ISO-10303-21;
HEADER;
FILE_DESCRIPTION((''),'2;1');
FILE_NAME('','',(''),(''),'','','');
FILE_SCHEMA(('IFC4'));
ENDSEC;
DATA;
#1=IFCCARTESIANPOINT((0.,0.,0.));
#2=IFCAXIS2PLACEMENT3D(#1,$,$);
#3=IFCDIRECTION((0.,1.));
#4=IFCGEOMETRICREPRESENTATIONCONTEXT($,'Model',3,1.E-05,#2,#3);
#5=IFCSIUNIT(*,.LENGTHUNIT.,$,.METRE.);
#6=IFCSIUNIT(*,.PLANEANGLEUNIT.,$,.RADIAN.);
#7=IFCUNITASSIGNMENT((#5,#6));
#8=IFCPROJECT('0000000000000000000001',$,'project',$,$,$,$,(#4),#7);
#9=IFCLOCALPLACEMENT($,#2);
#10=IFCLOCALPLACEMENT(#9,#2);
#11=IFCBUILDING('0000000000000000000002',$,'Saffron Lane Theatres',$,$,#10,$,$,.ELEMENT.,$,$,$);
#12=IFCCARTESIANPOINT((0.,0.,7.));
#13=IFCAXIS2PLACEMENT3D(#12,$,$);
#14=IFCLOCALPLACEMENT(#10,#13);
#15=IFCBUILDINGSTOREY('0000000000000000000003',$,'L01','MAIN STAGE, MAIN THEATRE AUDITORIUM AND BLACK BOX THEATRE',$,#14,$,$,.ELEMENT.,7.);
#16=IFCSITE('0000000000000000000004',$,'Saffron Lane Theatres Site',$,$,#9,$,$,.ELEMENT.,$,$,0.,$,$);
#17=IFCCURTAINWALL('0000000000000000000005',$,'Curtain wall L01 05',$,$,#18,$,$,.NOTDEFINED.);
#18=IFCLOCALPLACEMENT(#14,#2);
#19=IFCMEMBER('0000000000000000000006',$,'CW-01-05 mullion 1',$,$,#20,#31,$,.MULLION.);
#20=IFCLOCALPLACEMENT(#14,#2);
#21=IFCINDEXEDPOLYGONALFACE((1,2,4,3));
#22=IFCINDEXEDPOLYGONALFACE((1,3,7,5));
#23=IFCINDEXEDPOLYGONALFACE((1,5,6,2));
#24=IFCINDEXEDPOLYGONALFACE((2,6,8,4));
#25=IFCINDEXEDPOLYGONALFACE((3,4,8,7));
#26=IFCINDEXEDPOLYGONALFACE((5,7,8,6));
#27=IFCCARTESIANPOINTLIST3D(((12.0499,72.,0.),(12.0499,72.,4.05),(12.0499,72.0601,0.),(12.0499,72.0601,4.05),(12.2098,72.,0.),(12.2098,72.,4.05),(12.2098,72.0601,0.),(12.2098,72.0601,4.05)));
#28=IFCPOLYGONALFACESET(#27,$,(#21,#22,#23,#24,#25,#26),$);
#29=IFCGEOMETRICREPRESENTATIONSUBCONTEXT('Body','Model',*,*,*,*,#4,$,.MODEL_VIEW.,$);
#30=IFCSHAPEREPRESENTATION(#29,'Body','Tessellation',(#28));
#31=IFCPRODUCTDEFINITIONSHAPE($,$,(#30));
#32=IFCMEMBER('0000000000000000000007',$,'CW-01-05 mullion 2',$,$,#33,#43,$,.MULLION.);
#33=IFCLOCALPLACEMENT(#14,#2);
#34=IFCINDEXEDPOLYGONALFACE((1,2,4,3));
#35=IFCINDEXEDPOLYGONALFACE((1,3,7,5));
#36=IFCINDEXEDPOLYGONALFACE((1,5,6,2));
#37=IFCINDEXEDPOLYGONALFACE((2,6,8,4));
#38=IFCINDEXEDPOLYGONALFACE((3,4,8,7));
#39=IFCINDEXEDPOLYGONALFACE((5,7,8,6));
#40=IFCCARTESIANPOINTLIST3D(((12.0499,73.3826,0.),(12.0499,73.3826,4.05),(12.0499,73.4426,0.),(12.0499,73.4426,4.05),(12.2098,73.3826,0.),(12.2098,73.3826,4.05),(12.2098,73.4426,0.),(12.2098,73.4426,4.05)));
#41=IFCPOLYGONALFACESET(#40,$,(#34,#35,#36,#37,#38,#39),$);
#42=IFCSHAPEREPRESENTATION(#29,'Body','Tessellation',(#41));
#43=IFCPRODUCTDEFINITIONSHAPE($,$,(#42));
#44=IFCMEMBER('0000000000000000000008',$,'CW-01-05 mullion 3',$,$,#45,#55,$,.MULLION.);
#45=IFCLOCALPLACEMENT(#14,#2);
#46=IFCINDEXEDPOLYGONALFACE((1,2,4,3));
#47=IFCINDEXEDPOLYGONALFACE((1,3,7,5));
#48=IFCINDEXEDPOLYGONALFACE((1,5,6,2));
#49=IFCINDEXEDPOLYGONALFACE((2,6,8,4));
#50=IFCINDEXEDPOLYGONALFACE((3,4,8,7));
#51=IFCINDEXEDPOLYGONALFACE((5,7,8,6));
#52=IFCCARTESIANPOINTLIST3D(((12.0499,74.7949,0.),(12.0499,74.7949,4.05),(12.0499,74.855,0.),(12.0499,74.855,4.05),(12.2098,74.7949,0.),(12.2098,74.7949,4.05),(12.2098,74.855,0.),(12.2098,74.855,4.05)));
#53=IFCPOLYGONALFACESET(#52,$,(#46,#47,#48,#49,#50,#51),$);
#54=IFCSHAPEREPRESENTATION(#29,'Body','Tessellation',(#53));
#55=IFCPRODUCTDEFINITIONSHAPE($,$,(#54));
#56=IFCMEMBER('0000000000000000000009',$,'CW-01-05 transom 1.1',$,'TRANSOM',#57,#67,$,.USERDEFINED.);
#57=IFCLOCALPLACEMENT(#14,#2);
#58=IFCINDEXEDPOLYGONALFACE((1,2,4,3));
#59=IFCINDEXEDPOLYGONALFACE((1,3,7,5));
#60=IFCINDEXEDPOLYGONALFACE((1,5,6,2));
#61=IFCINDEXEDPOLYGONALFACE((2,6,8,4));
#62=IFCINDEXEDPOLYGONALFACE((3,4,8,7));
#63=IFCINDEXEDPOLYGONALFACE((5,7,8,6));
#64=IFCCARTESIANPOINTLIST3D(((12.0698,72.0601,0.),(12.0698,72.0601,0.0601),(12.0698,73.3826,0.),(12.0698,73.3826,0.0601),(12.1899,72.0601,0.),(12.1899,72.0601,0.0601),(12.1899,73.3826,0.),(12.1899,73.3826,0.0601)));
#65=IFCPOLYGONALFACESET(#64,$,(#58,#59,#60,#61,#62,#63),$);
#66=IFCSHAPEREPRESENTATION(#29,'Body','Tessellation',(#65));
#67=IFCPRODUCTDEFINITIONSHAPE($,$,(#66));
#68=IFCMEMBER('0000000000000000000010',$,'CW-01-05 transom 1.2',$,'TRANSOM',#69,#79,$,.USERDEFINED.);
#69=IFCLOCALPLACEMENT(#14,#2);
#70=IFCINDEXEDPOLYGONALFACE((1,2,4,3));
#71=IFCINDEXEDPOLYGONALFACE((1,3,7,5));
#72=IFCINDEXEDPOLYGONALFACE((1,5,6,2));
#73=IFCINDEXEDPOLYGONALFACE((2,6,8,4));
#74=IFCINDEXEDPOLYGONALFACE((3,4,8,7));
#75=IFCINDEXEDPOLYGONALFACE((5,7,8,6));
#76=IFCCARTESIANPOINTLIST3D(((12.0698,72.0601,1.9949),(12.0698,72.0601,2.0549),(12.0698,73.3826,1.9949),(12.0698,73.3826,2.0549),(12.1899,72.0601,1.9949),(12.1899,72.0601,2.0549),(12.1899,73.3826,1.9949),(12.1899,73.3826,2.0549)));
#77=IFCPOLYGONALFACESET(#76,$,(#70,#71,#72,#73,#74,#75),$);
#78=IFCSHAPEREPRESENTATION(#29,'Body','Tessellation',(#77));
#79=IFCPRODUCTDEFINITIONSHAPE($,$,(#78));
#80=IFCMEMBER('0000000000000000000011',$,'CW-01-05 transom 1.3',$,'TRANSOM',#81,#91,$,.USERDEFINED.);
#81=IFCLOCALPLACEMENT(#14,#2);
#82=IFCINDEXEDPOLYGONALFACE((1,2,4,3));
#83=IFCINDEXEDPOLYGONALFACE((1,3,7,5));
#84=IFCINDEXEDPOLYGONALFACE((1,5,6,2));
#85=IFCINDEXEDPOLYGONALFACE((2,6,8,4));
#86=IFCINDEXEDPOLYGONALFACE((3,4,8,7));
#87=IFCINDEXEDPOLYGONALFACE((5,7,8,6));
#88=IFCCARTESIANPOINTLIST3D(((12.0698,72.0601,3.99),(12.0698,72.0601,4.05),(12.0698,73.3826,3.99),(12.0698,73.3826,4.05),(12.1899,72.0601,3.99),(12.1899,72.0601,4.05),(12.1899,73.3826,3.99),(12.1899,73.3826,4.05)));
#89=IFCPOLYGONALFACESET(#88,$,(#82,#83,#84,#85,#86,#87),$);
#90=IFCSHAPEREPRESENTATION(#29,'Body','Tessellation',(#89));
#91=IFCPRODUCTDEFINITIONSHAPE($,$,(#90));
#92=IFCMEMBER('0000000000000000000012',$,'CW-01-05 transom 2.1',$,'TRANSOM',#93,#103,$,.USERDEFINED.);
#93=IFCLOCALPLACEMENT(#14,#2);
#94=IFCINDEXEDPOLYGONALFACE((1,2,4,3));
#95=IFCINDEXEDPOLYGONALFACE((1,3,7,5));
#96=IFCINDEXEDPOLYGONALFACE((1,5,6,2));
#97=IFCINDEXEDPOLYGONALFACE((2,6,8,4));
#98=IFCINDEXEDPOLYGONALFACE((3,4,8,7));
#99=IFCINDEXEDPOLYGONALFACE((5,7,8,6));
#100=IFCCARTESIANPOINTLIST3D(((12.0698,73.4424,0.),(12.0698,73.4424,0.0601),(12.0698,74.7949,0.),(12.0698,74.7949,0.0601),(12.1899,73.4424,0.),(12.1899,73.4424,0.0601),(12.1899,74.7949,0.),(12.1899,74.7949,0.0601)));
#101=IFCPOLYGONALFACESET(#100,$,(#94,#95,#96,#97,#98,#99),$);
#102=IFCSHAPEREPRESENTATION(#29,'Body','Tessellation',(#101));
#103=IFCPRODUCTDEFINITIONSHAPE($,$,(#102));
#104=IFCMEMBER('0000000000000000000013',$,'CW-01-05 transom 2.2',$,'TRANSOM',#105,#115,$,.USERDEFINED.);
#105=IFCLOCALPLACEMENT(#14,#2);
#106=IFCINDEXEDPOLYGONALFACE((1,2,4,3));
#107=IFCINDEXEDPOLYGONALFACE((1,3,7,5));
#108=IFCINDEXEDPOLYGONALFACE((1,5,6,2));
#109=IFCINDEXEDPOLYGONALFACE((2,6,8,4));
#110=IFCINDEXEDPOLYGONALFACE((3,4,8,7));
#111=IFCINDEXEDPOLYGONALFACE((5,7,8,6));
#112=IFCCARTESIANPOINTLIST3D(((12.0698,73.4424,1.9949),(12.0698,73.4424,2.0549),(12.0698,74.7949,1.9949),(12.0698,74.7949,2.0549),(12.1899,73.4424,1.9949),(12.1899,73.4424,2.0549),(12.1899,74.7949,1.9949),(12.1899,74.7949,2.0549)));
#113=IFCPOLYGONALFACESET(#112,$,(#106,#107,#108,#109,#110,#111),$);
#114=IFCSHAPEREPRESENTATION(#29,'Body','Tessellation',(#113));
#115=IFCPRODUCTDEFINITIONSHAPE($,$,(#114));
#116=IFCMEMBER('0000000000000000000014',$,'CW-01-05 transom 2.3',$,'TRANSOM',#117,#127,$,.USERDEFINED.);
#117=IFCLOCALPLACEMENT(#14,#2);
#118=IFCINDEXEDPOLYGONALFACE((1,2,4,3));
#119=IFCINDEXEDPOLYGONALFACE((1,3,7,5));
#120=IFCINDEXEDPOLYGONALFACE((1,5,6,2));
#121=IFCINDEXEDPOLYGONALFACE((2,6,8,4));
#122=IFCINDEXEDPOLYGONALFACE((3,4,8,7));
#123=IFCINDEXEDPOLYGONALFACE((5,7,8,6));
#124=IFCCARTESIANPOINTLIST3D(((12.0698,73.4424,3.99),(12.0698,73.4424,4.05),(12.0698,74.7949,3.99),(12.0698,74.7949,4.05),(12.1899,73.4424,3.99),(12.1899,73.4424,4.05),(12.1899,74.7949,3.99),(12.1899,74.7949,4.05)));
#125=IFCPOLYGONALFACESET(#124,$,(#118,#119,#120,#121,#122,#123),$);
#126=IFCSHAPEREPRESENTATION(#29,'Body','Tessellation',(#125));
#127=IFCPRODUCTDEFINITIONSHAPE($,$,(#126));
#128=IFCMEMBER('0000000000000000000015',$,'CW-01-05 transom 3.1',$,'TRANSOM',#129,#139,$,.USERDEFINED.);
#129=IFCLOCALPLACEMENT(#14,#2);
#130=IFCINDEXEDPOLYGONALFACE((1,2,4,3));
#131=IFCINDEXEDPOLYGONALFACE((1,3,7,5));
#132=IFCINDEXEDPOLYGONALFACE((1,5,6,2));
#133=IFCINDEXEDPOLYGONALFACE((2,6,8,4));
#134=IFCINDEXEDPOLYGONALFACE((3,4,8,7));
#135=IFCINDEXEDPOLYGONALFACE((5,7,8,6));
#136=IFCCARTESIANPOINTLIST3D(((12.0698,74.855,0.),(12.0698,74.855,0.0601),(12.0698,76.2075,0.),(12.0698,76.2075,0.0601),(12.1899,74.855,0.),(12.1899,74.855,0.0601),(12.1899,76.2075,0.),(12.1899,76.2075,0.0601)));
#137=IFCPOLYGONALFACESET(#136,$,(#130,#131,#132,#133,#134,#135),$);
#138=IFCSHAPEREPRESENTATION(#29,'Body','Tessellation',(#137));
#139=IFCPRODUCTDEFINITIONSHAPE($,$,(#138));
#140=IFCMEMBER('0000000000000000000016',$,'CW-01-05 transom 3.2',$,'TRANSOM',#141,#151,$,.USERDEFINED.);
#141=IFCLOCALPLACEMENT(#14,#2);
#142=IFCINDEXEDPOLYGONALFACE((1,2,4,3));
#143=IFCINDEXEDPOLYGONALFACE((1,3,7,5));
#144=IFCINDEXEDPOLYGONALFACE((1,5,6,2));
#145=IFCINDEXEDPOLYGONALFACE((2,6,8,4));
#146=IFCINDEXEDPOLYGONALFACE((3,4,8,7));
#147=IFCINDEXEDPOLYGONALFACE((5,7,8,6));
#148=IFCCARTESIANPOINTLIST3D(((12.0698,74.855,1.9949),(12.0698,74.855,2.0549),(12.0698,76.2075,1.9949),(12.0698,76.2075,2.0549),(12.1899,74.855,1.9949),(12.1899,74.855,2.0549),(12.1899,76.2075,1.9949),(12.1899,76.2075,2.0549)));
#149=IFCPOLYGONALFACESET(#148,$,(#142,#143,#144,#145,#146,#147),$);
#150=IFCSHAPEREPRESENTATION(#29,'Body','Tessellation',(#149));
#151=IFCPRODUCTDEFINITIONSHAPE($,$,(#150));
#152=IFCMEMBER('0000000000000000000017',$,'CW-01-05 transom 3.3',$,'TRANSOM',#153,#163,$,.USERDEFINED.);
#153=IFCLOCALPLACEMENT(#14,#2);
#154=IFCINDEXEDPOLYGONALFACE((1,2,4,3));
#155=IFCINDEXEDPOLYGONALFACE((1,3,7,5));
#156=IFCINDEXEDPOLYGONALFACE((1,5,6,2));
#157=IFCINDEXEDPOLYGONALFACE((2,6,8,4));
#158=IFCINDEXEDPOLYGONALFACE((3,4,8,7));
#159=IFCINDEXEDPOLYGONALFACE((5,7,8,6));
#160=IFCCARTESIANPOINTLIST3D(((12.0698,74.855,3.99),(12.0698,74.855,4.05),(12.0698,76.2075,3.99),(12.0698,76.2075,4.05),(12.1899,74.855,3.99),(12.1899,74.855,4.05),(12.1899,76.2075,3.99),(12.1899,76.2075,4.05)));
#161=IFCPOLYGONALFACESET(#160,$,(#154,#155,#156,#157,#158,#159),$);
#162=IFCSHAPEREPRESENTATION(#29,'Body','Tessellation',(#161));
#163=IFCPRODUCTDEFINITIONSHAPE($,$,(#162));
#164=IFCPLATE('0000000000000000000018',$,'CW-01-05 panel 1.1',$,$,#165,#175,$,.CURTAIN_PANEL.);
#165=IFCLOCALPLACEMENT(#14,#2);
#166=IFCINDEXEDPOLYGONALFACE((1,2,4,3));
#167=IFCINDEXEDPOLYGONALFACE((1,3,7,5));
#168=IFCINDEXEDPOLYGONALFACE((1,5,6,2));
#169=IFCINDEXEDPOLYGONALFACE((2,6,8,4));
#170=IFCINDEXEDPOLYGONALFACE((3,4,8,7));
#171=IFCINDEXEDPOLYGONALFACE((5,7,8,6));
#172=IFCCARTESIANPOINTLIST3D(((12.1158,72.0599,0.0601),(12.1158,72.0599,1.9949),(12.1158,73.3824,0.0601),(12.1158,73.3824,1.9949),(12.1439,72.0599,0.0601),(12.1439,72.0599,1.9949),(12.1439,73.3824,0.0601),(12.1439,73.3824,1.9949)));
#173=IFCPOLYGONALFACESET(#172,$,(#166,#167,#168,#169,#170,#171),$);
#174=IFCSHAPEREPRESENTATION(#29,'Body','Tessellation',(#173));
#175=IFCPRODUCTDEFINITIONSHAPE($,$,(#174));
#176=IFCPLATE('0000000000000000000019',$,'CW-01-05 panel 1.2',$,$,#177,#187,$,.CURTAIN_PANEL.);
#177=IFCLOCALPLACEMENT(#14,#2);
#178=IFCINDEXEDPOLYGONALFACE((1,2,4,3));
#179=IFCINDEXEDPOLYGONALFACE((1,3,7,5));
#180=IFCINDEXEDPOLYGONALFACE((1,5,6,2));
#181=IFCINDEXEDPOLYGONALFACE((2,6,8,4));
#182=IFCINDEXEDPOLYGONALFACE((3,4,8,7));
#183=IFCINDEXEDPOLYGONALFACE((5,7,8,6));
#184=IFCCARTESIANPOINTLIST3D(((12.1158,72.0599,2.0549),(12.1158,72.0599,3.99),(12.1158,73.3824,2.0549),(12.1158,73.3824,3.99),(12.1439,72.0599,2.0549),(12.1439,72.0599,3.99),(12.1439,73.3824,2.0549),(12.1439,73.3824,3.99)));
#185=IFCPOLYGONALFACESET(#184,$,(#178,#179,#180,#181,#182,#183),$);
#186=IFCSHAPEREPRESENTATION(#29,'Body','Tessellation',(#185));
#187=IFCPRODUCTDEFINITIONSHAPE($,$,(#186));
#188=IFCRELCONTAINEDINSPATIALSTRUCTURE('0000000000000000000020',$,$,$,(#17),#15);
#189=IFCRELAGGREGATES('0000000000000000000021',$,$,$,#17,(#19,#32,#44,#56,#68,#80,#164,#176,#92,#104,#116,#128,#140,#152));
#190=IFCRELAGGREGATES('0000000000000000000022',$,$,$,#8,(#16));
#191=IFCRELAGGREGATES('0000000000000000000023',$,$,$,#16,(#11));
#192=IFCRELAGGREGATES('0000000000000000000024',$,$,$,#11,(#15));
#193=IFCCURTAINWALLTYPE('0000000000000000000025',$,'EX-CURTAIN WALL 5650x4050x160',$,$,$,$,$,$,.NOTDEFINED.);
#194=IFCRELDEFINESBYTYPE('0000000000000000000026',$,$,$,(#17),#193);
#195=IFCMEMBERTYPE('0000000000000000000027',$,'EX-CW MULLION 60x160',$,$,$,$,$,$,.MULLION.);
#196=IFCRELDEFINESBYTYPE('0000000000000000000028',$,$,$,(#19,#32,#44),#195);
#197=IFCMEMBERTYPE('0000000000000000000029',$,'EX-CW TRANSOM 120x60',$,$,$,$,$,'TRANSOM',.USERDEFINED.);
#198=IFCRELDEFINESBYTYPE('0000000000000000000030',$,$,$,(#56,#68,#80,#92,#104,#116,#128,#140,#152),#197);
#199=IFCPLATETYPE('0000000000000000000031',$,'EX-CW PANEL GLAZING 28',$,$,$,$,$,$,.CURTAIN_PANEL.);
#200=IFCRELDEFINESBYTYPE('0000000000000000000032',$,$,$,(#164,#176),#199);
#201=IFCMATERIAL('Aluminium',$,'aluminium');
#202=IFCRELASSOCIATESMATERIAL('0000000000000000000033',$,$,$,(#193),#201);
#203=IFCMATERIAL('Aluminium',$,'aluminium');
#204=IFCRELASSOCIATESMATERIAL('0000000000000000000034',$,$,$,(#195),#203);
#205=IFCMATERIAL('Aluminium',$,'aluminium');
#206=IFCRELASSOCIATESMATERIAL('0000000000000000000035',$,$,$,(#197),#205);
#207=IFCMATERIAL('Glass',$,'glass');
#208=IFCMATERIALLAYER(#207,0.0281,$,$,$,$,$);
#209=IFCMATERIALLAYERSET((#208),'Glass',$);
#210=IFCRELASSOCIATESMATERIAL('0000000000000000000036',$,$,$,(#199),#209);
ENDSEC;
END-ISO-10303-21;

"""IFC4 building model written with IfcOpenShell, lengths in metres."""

from ifc_helpers import new_model, si_unit, direction, frame, origin, origin_2d, place, context, subcontext, project, spatial, rectangle, extrude, material, layer, layer_set, material_profile, profile_set, type_object, element, aggregate, save


model = new_model("IFC4")

# Units and contexts
model_context = context("Model", 3, precision=1e-05, world=origin(), true_north=direction((0.0, 1.0)))
body_context = subcontext(model_context, "Body", "Model", "MODEL_VIEW")
ifc_project = project(units=[si_unit("LENGTHUNIT", "METRE"), si_unit("PLANEANGLEUNIT", "RADIAN")], contexts=[model_context])

# Site, building, storey
site_placement = place(None, origin())
site = spatial("IfcSite", under=ifc_project, at=site_placement, Name="Saffron Lane Theatres Site", CompositionType="ELEMENT", RefElevation=0.0)
building_placement = place(site_placement, origin())
building = spatial("IfcBuilding", under=site, at=building_placement, Name="Saffron Lane Theatres", CompositionType="ELEMENT")
storey_placement = place(building_placement, frame((0.0, 0.0, 7.0)))
storey = spatial("IfcBuildingStorey", under=building, at=storey_placement, Name="L01", Description="MAIN STAGE, MAIN THEATRE AUDITORIUM AND BLACK BOX THEATRE", CompositionType="ELEMENT", Elevation=7.0)

# Curtain wall, members, plates
ifc_material_1 = material(Name="Aluminium", Category="aluminium")
curtain_wall_type = type_object("IfcCurtainWallType", Name="EX-CURTAIN WALL 5650x4050x160", PredefinedType="NOTDEFINED", material=ifc_material_1)
curtain_wall_placement = place(storey_placement, origin())
curtain_wall = element("IfcCurtainWall", 1, at=curtain_wall_placement, inside=storey, type_object=curtain_wall_type, Name="Curtain wall L01 05", PredefinedType="NOTDEFINED")
ifc_material_2 = material(Name="Aluminium", Category="aluminium")
ifc_material_profile_1 = material_profile(ifc_material_2, rectangle(XDim=0.0601, YDim=0.1599, at=origin_2d()))
ifc_profile_set_1 = profile_set([ifc_material_profile_1], Name="Aluminium")
member_type_1 = type_object("IfcMemberType", Name="EX-CW MULLION 60x160", PredefinedType="MULLION", material=ifc_profile_set_1)
member_1_placement = place(storey_placement, frame((12.1299, 72.03, 0.0), z_axis=(0.0, 0.0, 1.0), x_axis=(0.0, 1.0, 0.0)))
member_1 = element("IfcMember", 2, at=member_1_placement, type_object=member_type_1, Name="CW-01-05 mullion 1", PredefinedType="MULLION", context=body_context, shape_type="SweptSolid", body=[
    extrude(rectangle(XDim=0.0601, YDim=0.1599, at=origin_2d()), origin(), (0.0, 0.0, 1.0), 4.05),
])
member_2_placement = place(storey_placement, frame((12.1299, 73.4126, 0.0), z_axis=(0.0, 0.0, 1.0), x_axis=(0.0, 1.0, 0.0)))
member_2 = element("IfcMember", 3, at=member_2_placement, type_object=member_type_1, Name="CW-01-05 mullion 2", PredefinedType="MULLION", context=body_context, shape_type="SweptSolid", body=[
    extrude(rectangle(XDim=0.0601, YDim=0.1599, at=origin_2d()), origin(), (0.0, 0.0, 1.0), 4.05),
])
member_3_placement = place(storey_placement, frame((12.1299, 74.825, 0.0), z_axis=(0.0, 0.0, 1.0), x_axis=(0.0, 1.0, 0.0)))
member_3 = element("IfcMember", 4, at=member_3_placement, type_object=member_type_1, Name="CW-01-05 mullion 3", PredefinedType="MULLION", context=body_context, shape_type="SweptSolid", body=[
    extrude(rectangle(XDim=0.0601, YDim=0.1599, at=origin_2d()), origin(), (0.0, 0.0, 1.0), 4.05),
])
ifc_material_3 = material(Name="Aluminium", Category="aluminium")
ifc_material_profile_2 = material_profile(ifc_material_3, rectangle(XDim=0.1201, YDim=0.0601, at=origin_2d()))
ifc_profile_set_2 = profile_set([ifc_material_profile_2], Name="Aluminium")
member_type_2 = type_object("IfcMemberType", Name="EX-CW TRANSOM 120x60", ElementType="TRANSOM", PredefinedType="USERDEFINED", material=ifc_profile_set_2)
member_4_placement = place(storey_placement, frame((12.1299, 72.0601, 0.03), z_axis=(0.0, 1.0, 0.0), x_axis=(-1.0, 0.0, 0.0)))
member_4 = element("IfcMember", 5, at=member_4_placement, type_object=member_type_2, Name="CW-01-05 transom 1.1", ObjectType="TRANSOM", PredefinedType="USERDEFINED", context=body_context, shape_type="SweptSolid", body=[
    extrude(rectangle(XDim=0.1201, YDim=0.0601, at=origin_2d()), origin(), (0.0, 0.0, 1.0), 1.3225),
])
member_5_placement = place(storey_placement, frame((12.1299, 72.0601, 2.0249), z_axis=(0.0, 1.0, 0.0), x_axis=(-1.0, 0.0, 0.0)))
member_5 = element("IfcMember", 6, at=member_5_placement, type_object=member_type_2, Name="CW-01-05 transom 1.2", ObjectType="TRANSOM", PredefinedType="USERDEFINED", context=body_context, shape_type="SweptSolid", body=[
    extrude(rectangle(XDim=0.1201, YDim=0.0601, at=origin_2d()), origin(), (0.0, 0.0, 1.0), 1.3225),
])
member_6_placement = place(storey_placement, frame((12.1299, 72.0601, 4.02), z_axis=(0.0, 1.0, 0.0), x_axis=(-1.0, 0.0, 0.0)))
member_6 = element("IfcMember", 7, at=member_6_placement, type_object=member_type_2, Name="CW-01-05 transom 1.3", ObjectType="TRANSOM", PredefinedType="USERDEFINED", context=body_context, shape_type="SweptSolid", body=[
    extrude(rectangle(XDim=0.1201, YDim=0.0601, at=origin_2d()), origin(), (0.0, 0.0, 1.0), 1.3225),
])
member_7_placement = place(storey_placement, frame((12.1299, 73.4424, 0.03), z_axis=(0.0, 1.0, 0.0), x_axis=(-1.0, 0.0, 0.0)))
member_7 = element("IfcMember", 8, at=member_7_placement, type_object=member_type_2, Name="CW-01-05 transom 2.1", ObjectType="TRANSOM", PredefinedType="USERDEFINED", context=body_context, shape_type="SweptSolid", body=[
    extrude(rectangle(XDim=0.1201, YDim=0.0601, at=origin_2d()), origin(), (0.0, 0.0, 1.0), 1.3525),
])
member_8_placement = place(storey_placement, frame((12.1299, 73.4424, 2.0249), z_axis=(0.0, 1.0, 0.0), x_axis=(-1.0, 0.0, 0.0)))
member_8 = element("IfcMember", 9, at=member_8_placement, type_object=member_type_2, Name="CW-01-05 transom 2.2", ObjectType="TRANSOM", PredefinedType="USERDEFINED", context=body_context, shape_type="SweptSolid", body=[
    extrude(rectangle(XDim=0.1201, YDim=0.0601, at=origin_2d()), origin(), (0.0, 0.0, 1.0), 1.3525),
])
member_9_placement = place(storey_placement, frame((12.1299, 73.4424, 4.02), z_axis=(0.0, 1.0, 0.0), x_axis=(-1.0, 0.0, 0.0)))
member_9 = element("IfcMember", 10, at=member_9_placement, type_object=member_type_2, Name="CW-01-05 transom 2.3", ObjectType="TRANSOM", PredefinedType="USERDEFINED", context=body_context, shape_type="SweptSolid", body=[
    extrude(rectangle(XDim=0.1201, YDim=0.0601, at=origin_2d()), origin(), (0.0, 0.0, 1.0), 1.3525),
])
member_10_placement = place(storey_placement, frame((12.1299, 74.855, 0.03), z_axis=(0.0, 1.0, 0.0), x_axis=(-1.0, 0.0, 0.0)))
member_10 = element("IfcMember", 11, at=member_10_placement, type_object=member_type_2, Name="CW-01-05 transom 3.1", ObjectType="TRANSOM", PredefinedType="USERDEFINED", context=body_context, shape_type="SweptSolid", body=[
    extrude(rectangle(XDim=0.1201, YDim=0.0601, at=origin_2d()), origin(), (0.0, 0.0, 1.0), 1.3525),
])
member_11_placement = place(storey_placement, frame((12.1299, 74.855, 2.0249), z_axis=(0.0, 1.0, 0.0), x_axis=(-1.0, 0.0, 0.0)))
member_11 = element("IfcMember", 12, at=member_11_placement, type_object=member_type_2, Name="CW-01-05 transom 3.2", ObjectType="TRANSOM", PredefinedType="USERDEFINED", context=body_context, shape_type="SweptSolid", body=[
    extrude(rectangle(XDim=0.1201, YDim=0.0601, at=origin_2d()), origin(), (0.0, 0.0, 1.0), 1.3525),
])
member_12_placement = place(storey_placement, frame((12.1299, 74.855, 4.02), z_axis=(0.0, 1.0, 0.0), x_axis=(-1.0, 0.0, 0.0)))
member_12 = element("IfcMember", 13, at=member_12_placement, type_object=member_type_2, Name="CW-01-05 transom 3.3", ObjectType="TRANSOM", PredefinedType="USERDEFINED", context=body_context, shape_type="SweptSolid", body=[
    extrude(rectangle(XDim=0.1201, YDim=0.0601, at=origin_2d()), origin(), (0.0, 0.0, 1.0), 1.3525),
])
ifc_material_4 = material(Name="Glass", Category="glass")
ifc_layer_1 = layer(ifc_material_4, 0.0281)
ifc_layer_set_1 = layer_set([ifc_layer_1], Name="Glass")
plate_type = type_object("IfcPlateType", Name="EX-CW PANEL GLAZING 28", PredefinedType="CURTAIN_PANEL", material=ifc_layer_set_1)
plate_1_placement = place(storey_placement, frame((12.1299, 72.7212, 0.0601), z_axis=(0.0, 0.0, 1.0), x_axis=(0.0, 1.0, 0.0)))
plate_1 = element("IfcPlate", 14, at=plate_1_placement, type_object=plate_type, Name="CW-01-05 panel 1.1", PredefinedType="CURTAIN_PANEL", context=body_context, shape_type="SweptSolid", body=[
    extrude(rectangle(XDim=1.3225, YDim=0.0281, at=origin_2d()), origin(), (0.0, 0.0, 1.0), 1.9348),
])
plate_2_placement = place(storey_placement, frame((12.1299, 72.7212, 2.0549), z_axis=(0.0, 0.0, 1.0), x_axis=(0.0, 1.0, 0.0)))
plate_2 = element("IfcPlate", 15, at=plate_2_placement, type_object=plate_type, Name="CW-01-05 panel 1.2", PredefinedType="CURTAIN_PANEL", context=body_context, shape_type="SweptSolid", body=[
    extrude(rectangle(XDim=1.3225, YDim=0.0281, at=origin_2d()), origin(), (0.0, 0.0, 1.0), 1.9351),
])
aggregate(curtain_wall, [member_1, member_2, member_3, member_4, member_5, member_6, plate_1, plate_2, member_7, member_8, member_9, member_10, member_11, member_12])

save(model, "model.ifc")
